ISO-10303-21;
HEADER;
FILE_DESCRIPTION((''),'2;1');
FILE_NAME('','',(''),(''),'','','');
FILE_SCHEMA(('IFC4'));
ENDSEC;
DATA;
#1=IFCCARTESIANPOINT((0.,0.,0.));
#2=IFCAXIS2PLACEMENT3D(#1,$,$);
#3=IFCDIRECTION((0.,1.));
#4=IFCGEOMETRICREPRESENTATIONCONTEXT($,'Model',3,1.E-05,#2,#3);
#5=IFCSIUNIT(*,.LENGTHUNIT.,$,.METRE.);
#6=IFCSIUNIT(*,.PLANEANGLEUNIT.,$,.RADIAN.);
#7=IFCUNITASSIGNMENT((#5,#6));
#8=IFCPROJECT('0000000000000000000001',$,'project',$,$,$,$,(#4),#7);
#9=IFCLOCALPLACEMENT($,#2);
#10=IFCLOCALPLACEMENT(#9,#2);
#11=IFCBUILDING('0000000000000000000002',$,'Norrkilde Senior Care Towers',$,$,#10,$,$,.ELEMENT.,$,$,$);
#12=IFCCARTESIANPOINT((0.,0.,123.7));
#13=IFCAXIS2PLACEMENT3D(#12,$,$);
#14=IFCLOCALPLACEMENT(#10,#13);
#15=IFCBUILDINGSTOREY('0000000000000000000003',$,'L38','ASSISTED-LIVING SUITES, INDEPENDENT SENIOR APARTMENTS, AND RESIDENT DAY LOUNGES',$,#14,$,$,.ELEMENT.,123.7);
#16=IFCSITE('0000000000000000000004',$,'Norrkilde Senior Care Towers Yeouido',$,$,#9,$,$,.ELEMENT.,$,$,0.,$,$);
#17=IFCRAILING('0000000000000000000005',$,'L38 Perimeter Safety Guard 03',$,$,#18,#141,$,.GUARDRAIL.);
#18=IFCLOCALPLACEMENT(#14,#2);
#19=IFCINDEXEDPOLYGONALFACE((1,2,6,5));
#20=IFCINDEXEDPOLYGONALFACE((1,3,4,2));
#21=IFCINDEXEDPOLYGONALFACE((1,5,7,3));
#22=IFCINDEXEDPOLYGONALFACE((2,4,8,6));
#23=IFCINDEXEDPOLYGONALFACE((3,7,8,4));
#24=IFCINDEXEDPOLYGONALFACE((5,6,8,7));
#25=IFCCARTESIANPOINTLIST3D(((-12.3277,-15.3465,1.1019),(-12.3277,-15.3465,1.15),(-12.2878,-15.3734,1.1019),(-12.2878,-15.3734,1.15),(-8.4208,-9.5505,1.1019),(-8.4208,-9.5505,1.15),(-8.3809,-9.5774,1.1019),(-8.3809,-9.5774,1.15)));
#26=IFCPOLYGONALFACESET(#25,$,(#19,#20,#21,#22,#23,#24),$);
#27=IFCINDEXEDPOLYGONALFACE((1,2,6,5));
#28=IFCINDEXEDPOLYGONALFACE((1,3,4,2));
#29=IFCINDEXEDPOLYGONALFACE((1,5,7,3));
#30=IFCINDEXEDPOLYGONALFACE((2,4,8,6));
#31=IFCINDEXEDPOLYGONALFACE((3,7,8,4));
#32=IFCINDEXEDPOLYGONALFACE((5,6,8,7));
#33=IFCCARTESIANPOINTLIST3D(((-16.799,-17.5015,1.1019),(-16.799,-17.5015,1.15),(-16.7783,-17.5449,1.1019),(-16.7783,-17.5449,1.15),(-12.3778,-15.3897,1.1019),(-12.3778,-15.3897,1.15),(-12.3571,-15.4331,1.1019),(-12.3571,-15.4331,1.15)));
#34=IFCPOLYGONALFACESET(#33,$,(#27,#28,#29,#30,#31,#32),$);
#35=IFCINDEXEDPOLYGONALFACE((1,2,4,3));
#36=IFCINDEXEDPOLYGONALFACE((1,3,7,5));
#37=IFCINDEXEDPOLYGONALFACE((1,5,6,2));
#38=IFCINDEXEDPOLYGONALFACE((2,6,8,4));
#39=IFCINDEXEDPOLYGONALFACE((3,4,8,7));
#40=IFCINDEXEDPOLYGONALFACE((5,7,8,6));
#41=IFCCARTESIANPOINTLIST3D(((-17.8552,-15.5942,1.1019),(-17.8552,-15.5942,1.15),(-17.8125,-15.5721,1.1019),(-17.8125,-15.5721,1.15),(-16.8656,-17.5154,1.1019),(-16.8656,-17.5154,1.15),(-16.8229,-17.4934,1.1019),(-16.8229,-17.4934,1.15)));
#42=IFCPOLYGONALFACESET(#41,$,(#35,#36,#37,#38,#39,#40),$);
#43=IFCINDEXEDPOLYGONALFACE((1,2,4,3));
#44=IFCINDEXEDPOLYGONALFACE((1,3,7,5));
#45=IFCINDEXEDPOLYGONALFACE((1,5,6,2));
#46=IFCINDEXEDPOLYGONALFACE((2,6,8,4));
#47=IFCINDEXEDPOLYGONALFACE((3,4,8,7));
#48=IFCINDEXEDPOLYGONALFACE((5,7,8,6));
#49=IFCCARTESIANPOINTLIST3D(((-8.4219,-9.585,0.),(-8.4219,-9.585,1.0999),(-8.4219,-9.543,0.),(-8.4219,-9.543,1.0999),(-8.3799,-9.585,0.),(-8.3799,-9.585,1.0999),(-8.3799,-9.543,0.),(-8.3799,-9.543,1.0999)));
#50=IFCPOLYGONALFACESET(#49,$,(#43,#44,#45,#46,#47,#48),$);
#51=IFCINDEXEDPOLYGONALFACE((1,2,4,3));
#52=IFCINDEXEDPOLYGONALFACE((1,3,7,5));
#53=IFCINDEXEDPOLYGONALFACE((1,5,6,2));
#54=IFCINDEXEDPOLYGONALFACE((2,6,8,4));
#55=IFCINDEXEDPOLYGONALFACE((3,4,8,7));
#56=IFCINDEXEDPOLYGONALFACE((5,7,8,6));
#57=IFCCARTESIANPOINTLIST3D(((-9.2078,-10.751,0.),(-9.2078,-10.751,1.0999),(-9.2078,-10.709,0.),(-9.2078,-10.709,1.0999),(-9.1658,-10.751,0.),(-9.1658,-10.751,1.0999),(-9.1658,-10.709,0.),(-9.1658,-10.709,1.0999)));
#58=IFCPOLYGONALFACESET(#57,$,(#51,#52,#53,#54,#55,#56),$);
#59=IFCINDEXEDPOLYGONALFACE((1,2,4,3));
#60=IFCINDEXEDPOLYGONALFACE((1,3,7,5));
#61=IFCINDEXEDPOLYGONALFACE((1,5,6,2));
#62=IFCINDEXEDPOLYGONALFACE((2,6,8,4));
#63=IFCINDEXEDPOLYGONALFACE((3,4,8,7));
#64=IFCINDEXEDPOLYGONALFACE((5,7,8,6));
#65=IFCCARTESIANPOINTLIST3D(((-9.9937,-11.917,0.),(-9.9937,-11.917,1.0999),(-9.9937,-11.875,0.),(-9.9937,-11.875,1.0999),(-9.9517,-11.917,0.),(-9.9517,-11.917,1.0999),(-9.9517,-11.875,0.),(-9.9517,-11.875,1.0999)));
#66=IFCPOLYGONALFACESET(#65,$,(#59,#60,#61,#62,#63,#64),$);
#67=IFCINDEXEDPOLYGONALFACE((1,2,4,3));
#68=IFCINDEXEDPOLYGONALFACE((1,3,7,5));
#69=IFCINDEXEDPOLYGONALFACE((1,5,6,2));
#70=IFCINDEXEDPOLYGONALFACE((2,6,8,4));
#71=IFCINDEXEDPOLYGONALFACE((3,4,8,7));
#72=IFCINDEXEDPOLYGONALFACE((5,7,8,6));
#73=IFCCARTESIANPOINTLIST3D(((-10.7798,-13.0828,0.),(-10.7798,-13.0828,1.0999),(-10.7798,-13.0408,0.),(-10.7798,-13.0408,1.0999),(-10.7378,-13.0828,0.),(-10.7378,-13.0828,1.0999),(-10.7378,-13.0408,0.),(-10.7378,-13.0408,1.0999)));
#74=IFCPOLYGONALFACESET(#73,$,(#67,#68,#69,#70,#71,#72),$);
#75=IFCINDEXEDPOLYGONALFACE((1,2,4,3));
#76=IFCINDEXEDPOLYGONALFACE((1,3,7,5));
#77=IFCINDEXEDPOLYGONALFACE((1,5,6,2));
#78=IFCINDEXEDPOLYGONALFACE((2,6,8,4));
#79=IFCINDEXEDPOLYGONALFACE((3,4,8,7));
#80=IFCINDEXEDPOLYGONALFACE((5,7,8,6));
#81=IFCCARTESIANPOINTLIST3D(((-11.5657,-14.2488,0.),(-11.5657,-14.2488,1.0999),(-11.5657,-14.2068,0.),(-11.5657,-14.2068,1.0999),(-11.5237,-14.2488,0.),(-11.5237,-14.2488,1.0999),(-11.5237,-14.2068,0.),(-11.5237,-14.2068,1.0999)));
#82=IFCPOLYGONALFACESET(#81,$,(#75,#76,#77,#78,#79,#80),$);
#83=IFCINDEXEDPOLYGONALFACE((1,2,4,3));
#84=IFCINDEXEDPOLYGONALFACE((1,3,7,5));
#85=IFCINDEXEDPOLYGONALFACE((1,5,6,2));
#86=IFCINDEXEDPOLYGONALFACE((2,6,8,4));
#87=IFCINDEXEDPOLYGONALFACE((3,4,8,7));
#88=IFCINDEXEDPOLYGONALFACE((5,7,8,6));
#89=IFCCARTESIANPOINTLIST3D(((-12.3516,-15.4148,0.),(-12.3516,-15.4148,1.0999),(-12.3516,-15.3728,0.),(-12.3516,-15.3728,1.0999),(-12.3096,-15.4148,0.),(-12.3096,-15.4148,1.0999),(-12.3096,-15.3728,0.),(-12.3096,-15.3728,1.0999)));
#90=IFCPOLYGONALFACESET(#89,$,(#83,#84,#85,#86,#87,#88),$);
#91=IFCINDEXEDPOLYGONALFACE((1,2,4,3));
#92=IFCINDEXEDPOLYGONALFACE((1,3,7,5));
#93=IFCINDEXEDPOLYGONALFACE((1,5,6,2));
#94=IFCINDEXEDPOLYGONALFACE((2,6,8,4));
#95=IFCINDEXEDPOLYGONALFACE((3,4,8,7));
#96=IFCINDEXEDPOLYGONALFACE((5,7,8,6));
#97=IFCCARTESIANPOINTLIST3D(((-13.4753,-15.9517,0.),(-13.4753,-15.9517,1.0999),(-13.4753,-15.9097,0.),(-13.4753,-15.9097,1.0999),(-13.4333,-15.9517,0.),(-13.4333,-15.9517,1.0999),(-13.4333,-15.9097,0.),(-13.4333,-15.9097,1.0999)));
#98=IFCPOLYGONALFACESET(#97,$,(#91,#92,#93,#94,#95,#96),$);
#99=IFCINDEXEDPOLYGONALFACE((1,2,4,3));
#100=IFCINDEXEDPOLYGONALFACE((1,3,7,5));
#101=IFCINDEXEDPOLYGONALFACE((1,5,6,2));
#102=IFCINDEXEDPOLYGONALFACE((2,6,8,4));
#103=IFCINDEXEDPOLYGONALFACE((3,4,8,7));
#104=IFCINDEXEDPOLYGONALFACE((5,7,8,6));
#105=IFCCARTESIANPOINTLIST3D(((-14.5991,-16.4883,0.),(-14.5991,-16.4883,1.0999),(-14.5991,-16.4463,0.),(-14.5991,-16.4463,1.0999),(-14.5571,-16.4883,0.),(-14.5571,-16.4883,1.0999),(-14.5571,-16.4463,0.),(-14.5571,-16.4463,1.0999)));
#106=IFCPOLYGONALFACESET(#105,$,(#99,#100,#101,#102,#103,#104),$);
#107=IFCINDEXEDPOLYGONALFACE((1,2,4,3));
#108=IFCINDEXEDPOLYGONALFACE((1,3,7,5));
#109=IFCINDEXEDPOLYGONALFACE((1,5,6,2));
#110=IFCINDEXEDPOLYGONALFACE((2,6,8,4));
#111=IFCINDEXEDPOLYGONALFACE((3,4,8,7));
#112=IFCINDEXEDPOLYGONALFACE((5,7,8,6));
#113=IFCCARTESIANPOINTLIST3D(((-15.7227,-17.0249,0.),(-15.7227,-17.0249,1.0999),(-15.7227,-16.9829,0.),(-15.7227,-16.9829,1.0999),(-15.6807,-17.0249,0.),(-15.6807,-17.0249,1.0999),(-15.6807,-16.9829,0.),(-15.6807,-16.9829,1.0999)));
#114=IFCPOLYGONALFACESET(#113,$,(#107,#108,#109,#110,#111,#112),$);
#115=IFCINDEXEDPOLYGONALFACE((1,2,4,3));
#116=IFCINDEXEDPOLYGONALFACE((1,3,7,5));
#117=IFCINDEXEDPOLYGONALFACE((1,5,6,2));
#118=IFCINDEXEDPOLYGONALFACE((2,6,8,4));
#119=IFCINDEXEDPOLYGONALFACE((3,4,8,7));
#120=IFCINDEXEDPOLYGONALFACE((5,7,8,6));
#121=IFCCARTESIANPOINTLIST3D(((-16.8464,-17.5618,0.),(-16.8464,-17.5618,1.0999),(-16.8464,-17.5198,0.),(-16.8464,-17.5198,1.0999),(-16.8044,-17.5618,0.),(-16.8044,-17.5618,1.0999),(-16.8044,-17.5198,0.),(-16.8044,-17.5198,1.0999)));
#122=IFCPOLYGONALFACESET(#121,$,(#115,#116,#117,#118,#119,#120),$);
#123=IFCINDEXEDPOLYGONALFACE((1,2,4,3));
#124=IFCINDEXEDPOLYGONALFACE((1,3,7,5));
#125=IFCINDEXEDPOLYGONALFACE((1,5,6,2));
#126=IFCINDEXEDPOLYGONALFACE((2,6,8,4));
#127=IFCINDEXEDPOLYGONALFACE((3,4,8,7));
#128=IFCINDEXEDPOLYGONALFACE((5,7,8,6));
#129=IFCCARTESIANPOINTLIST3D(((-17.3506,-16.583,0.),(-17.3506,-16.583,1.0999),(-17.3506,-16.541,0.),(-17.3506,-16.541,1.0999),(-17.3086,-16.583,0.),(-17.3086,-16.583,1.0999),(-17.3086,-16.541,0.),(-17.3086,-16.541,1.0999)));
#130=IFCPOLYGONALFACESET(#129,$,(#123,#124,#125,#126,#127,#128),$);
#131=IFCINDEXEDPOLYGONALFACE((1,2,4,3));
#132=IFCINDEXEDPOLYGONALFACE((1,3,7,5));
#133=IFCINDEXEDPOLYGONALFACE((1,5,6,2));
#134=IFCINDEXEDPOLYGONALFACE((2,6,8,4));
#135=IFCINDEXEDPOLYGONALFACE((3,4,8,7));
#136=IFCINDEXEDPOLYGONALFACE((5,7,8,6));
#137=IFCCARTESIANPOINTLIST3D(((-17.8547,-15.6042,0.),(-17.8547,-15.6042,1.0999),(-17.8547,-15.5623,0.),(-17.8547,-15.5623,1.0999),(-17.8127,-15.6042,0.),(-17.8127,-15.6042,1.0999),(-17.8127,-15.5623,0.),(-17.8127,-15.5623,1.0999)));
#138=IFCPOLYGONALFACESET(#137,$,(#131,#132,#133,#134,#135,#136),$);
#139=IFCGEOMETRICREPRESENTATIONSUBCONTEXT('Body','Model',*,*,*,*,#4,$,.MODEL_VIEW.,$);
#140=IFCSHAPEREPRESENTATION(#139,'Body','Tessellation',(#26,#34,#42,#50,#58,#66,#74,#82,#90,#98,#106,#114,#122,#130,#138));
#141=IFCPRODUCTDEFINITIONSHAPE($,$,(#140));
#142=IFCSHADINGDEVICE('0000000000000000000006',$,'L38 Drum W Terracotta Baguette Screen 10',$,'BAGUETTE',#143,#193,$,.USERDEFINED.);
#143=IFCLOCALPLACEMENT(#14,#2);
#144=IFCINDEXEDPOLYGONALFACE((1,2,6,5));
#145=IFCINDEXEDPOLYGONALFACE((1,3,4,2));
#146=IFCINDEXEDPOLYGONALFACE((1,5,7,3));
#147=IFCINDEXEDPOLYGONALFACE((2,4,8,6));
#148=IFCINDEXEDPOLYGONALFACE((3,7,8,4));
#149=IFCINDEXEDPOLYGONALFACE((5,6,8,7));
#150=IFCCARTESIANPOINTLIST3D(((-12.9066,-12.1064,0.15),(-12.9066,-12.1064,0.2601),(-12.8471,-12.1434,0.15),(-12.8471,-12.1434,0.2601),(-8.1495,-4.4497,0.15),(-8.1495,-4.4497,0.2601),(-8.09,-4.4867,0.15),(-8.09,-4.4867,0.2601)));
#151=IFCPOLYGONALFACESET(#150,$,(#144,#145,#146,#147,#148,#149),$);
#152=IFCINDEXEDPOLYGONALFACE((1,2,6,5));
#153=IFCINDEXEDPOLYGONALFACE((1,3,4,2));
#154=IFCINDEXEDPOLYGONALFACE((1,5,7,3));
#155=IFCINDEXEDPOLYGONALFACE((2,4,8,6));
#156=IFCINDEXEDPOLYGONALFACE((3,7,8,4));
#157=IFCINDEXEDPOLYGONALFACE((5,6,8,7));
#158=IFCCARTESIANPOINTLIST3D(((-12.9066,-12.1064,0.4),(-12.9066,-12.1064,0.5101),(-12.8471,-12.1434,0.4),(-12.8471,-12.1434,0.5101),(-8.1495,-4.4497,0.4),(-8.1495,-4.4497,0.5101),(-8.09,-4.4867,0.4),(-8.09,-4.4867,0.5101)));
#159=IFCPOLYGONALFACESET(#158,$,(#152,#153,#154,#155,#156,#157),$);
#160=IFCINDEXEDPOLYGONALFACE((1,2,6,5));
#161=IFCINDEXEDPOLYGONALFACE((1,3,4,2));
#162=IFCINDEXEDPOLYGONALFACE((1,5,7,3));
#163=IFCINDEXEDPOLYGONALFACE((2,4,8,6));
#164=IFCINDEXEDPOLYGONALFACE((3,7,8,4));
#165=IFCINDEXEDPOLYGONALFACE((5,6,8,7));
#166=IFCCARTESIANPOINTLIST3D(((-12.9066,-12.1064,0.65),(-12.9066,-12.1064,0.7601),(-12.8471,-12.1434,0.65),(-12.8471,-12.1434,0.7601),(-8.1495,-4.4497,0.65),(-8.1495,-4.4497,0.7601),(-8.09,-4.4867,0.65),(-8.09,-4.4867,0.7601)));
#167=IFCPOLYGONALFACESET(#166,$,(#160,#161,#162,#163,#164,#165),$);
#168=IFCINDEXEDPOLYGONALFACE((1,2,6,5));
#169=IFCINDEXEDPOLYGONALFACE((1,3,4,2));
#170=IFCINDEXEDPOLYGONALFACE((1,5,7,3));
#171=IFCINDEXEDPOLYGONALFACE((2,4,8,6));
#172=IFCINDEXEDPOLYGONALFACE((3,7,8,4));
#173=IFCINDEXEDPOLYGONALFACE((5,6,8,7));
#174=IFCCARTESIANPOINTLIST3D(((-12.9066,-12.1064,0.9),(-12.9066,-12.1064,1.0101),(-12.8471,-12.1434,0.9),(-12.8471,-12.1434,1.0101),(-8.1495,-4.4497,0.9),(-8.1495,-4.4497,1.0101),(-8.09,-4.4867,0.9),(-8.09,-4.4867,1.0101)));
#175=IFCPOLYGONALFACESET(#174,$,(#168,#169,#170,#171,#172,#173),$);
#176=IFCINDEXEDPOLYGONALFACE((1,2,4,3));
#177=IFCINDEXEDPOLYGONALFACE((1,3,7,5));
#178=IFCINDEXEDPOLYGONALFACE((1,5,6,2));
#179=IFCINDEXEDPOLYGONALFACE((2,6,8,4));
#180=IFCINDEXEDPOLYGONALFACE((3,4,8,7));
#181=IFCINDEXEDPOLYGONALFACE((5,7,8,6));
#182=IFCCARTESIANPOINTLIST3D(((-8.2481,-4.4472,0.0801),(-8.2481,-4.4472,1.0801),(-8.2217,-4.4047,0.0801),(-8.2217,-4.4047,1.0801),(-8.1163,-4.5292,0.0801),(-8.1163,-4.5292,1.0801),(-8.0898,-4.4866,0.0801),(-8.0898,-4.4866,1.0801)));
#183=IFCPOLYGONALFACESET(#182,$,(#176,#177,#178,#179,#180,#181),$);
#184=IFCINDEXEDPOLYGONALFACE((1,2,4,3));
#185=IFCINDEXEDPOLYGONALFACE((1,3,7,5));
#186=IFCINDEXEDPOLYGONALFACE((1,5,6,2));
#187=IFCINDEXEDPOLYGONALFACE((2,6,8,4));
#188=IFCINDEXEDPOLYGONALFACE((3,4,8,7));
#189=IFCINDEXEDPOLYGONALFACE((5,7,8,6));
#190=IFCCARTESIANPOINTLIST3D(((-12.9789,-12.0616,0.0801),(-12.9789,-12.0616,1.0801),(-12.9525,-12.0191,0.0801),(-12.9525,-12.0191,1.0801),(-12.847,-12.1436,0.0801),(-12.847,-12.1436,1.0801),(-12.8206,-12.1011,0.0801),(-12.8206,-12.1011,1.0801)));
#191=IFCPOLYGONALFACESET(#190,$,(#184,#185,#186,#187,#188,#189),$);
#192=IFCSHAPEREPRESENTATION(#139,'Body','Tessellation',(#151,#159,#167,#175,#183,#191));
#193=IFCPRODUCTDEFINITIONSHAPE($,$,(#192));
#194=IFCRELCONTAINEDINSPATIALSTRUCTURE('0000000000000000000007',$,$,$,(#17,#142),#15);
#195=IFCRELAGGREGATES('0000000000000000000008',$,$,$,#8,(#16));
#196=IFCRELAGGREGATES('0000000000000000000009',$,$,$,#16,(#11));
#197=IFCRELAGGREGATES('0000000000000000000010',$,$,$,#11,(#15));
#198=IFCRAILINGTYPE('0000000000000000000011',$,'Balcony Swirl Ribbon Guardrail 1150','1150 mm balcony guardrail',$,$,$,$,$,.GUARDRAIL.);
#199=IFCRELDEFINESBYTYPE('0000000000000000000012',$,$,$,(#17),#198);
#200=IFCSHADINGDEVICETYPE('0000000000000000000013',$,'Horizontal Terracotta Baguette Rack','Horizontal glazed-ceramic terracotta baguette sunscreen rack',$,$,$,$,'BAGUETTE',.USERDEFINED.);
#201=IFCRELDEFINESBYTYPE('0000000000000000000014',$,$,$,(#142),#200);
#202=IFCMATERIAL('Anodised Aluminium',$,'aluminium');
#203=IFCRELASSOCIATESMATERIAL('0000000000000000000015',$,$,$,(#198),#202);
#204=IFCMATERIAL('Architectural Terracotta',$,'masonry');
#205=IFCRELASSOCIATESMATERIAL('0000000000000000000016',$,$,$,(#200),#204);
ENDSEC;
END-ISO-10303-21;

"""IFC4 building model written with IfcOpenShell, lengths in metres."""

from ifc_helpers import new_model, si_unit, direction, frame, origin, origin_2d, place, context, subcontext, project, spatial, rectangle, extrude, source, transform, mapped, material, type_object, type_shapes, element, save


model = new_model("IFC4")

# Units and contexts
model_context = context("Model", 3, precision=1e-05, world=origin(), true_north=direction((0.0, 1.0)))
body_context = subcontext(model_context, "Body", "Model", "MODEL_VIEW")
ifc_project = project(units=[si_unit("LENGTHUNIT", "METRE"), si_unit("PLANEANGLEUNIT", "RADIAN")], contexts=[model_context])

# Site, building, storey
site_placement = place(None, origin())
site = spatial("IfcSite", under=ifc_project, at=site_placement, Name="Norrkilde Senior Care Towers Yeouido", CompositionType="ELEMENT", RefElevation=0.0)
building_placement = place(site_placement, origin())
building = spatial("IfcBuilding", under=site, at=building_placement, Name="Norrkilde Senior Care Towers", CompositionType="ELEMENT")
storey_placement = place(building_placement, frame((0.0, 0.0, 123.7)))
storey = spatial("IfcBuildingStorey", under=building, at=storey_placement, Name="L38", Description="ASSISTED-LIVING SUITES, INDEPENDENT SENIOR APARTMENTS, AND RESIDENT DAY LOUNGES", CompositionType="ELEMENT", Elevation=123.7)

# Shared definitions
ifc_material_1 = material(Name="Anodised Aluminium", Category="aluminium")

# Railing
railing_type = type_object("IfcRailingType", Name="Balcony Swirl Ribbon Guardrail 1150", Description="1150 mm balcony guardrail", PredefinedType="GUARDRAIL", material=ifc_material_1)
railing_placement = place(storey_placement, frame((-8.4009, -9.564, 0.0)))
element("IfcRailing", 1, at=railing_placement, inside=storey, type_object=railing_type, Name="L38 Perimeter Safety Guard 03", PredefinedType="GUARDRAIL", context=body_context, shape_type="SweptSolid", body=[
    extrude(rectangle(XDim=0.0481, YDim=0.0481, at=origin_2d()), frame((0.0, 0.0, 1.126), z_axis=(-0.55894, -0.829208, 0.0), x_axis=(0.829208, -0.55894, 0.0)), (0.0, 0.0, 1.0), 6.9897),
    extrude(rectangle(XDim=0.0481, YDim=0.0481, at=origin_2d()), frame((-3.9666, -5.8474, 1.126), z_axis=(-0.902349, -0.431006, 0.0), x_axis=(0.431006, -0.902349, 0.0)), (0.0, 0.0, 1.0), 4.8997),
    extrude(rectangle(XDim=0.0481, YDim=0.0481, at=origin_2d()), frame((-8.4434, -7.9404, 1.126), z_axis=(-0.457914, 0.888996, 0.0), x_axis=(-0.888996, -0.457914, 0.0)), (0.0, 0.0, 1.0), 2.1611),
    extrude(rectangle(XDim=0.042, YDim=0.042, at=origin_2d()), origin(), (0.0, 0.0, 1.0), 1.0999),
    extrude(rectangle(XDim=0.042, YDim=0.042, at=origin_2d()), frame((-0.7859, -1.166, 0.0)), (0.0, 0.0, 1.0), 1.0999),
    extrude(rectangle(XDim=0.042, YDim=0.042, at=origin_2d()), frame((-1.5718, -2.332, 0.0)), (0.0, 0.0, 1.0), 1.0999),
    extrude(rectangle(XDim=0.042, YDim=0.042, at=origin_2d()), frame((-2.3579, -3.4978, 0.0)), (0.0, 0.0, 1.0), 1.0999),
    extrude(rectangle(XDim=0.042, YDim=0.042, at=origin_2d()), frame((-3.1438, -4.6638, 0.0)), (0.0, 0.0, 1.0), 1.0999),
    extrude(rectangle(XDim=0.042, YDim=0.042, at=origin_2d()), frame((-3.9297, -5.8298, 0.0)), (0.0, 0.0, 1.0), 1.0999),
    extrude(rectangle(XDim=0.042, YDim=0.042, at=origin_2d()), frame((-5.0535, -6.3667, 0.0)), (0.0, 0.0, 1.0), 1.0999),
    extrude(rectangle(XDim=0.042, YDim=0.042, at=origin_2d()), frame((-6.1772, -6.9033, 0.0)), (0.0, 0.0, 1.0), 1.0999),
    extrude(rectangle(XDim=0.042, YDim=0.042, at=origin_2d()), frame((-7.3008, -7.4399, 0.0)), (0.0, 0.0, 1.0), 1.0999),
    extrude(rectangle(XDim=0.042, YDim=0.042, at=origin_2d()), frame((-8.4246, -7.9768, 0.0)), (0.0, 0.0, 1.0), 1.0999),
    extrude(rectangle(XDim=0.042, YDim=0.042, at=origin_2d()), frame((-8.9287, -6.998, 0.0)), (0.0, 0.0, 1.0), 1.0999),
    extrude(rectangle(XDim=0.042, YDim=0.042, at=origin_2d()), frame((-9.4329, -6.0193, 0.0)), (0.0, 0.0, 1.0), 1.0999),
])

# Shading device
ifc_material_2 = material(Name="Architectural Terracotta", Category="masonry")
shading_device_type = type_object("IfcShadingDeviceType", Name="Horizontal Terracotta Baguette Rack", Description="Horizontal glazed-ceramic terracotta baguette sunscreen rack", ElementType="BAGUETTE", PredefinedType="USERDEFINED", material=ifc_material_2)
shared_shape_1 = source(origin(), body_context, "Body", "SweptSolid", [
    extrude(rectangle(XDim=0.0701, YDim=0.1101, at=origin_2d()), frame((0.0, 0.0901, 0.125), z_axis=(1.0, 0.0, 0.0), x_axis=(0.0, 1.0, 0.0)), (0.0, 0.0, 1.0), 9.0142),
    extrude(rectangle(XDim=0.0701, YDim=0.1101, at=origin_2d()), frame((0.0, 0.0901, 0.375), z_axis=(1.0, 0.0, 0.0), x_axis=(0.0, 1.0, 0.0)), (0.0, 0.0, 1.0), 9.0142),
    extrude(rectangle(XDim=0.0701, YDim=0.1101, at=origin_2d()), frame((0.0, 0.0901, 0.625), z_axis=(1.0, 0.0, 0.0), x_axis=(0.0, 1.0, 0.0)), (0.0, 0.0, 1.0), 9.0142),
    extrude(rectangle(XDim=0.0701, YDim=0.1101, at=origin_2d()), frame((0.0, 0.0901, 0.875), z_axis=(1.0, 0.0, 0.0), x_axis=(0.0, 1.0, 0.0)), (0.0, 0.0, 1.0), 9.0142),
    extrude(rectangle(XDim=0.05, YDim=0.1553, at=origin_2d()), frame((0.0249, 0.0476, 0.0)), (0.0, 0.0, 1.0), 1.0),
    extrude(rectangle(XDim=0.05, YDim=0.1553, at=origin_2d()), frame((8.9893, 0.0476, 0.0)), (0.0, 0.0, 1.0), 1.0),
])
type_shapes(shading_device_type, [shared_shape_1])
shading_device_placement = place(storey_placement, frame((-8.1963, -4.4207, 0.0801), z_axis=(0.0, 0.0, 1.0), x_axis=(-0.527734, -0.849412, 0.0)))
element("IfcShadingDevice", 2, at=shading_device_placement, inside=storey, type_object=shading_device_type, Name="L38 Drum W Terracotta Baguette Screen 10", ObjectType="BAGUETTE", PredefinedType="USERDEFINED", context=body_context, shape_type="MappedRepresentation", body=[
    mapped(shared_shape_1, transform((0.0, 0.0, 0.0), x_axis=(1.0, 0.0, 0.0), y_axis=(0.0, 1.0, 0.0), z_axis=(0.0, 0.0, 1.0), scale=1.0)),
])

save(model, "model.ifc")
